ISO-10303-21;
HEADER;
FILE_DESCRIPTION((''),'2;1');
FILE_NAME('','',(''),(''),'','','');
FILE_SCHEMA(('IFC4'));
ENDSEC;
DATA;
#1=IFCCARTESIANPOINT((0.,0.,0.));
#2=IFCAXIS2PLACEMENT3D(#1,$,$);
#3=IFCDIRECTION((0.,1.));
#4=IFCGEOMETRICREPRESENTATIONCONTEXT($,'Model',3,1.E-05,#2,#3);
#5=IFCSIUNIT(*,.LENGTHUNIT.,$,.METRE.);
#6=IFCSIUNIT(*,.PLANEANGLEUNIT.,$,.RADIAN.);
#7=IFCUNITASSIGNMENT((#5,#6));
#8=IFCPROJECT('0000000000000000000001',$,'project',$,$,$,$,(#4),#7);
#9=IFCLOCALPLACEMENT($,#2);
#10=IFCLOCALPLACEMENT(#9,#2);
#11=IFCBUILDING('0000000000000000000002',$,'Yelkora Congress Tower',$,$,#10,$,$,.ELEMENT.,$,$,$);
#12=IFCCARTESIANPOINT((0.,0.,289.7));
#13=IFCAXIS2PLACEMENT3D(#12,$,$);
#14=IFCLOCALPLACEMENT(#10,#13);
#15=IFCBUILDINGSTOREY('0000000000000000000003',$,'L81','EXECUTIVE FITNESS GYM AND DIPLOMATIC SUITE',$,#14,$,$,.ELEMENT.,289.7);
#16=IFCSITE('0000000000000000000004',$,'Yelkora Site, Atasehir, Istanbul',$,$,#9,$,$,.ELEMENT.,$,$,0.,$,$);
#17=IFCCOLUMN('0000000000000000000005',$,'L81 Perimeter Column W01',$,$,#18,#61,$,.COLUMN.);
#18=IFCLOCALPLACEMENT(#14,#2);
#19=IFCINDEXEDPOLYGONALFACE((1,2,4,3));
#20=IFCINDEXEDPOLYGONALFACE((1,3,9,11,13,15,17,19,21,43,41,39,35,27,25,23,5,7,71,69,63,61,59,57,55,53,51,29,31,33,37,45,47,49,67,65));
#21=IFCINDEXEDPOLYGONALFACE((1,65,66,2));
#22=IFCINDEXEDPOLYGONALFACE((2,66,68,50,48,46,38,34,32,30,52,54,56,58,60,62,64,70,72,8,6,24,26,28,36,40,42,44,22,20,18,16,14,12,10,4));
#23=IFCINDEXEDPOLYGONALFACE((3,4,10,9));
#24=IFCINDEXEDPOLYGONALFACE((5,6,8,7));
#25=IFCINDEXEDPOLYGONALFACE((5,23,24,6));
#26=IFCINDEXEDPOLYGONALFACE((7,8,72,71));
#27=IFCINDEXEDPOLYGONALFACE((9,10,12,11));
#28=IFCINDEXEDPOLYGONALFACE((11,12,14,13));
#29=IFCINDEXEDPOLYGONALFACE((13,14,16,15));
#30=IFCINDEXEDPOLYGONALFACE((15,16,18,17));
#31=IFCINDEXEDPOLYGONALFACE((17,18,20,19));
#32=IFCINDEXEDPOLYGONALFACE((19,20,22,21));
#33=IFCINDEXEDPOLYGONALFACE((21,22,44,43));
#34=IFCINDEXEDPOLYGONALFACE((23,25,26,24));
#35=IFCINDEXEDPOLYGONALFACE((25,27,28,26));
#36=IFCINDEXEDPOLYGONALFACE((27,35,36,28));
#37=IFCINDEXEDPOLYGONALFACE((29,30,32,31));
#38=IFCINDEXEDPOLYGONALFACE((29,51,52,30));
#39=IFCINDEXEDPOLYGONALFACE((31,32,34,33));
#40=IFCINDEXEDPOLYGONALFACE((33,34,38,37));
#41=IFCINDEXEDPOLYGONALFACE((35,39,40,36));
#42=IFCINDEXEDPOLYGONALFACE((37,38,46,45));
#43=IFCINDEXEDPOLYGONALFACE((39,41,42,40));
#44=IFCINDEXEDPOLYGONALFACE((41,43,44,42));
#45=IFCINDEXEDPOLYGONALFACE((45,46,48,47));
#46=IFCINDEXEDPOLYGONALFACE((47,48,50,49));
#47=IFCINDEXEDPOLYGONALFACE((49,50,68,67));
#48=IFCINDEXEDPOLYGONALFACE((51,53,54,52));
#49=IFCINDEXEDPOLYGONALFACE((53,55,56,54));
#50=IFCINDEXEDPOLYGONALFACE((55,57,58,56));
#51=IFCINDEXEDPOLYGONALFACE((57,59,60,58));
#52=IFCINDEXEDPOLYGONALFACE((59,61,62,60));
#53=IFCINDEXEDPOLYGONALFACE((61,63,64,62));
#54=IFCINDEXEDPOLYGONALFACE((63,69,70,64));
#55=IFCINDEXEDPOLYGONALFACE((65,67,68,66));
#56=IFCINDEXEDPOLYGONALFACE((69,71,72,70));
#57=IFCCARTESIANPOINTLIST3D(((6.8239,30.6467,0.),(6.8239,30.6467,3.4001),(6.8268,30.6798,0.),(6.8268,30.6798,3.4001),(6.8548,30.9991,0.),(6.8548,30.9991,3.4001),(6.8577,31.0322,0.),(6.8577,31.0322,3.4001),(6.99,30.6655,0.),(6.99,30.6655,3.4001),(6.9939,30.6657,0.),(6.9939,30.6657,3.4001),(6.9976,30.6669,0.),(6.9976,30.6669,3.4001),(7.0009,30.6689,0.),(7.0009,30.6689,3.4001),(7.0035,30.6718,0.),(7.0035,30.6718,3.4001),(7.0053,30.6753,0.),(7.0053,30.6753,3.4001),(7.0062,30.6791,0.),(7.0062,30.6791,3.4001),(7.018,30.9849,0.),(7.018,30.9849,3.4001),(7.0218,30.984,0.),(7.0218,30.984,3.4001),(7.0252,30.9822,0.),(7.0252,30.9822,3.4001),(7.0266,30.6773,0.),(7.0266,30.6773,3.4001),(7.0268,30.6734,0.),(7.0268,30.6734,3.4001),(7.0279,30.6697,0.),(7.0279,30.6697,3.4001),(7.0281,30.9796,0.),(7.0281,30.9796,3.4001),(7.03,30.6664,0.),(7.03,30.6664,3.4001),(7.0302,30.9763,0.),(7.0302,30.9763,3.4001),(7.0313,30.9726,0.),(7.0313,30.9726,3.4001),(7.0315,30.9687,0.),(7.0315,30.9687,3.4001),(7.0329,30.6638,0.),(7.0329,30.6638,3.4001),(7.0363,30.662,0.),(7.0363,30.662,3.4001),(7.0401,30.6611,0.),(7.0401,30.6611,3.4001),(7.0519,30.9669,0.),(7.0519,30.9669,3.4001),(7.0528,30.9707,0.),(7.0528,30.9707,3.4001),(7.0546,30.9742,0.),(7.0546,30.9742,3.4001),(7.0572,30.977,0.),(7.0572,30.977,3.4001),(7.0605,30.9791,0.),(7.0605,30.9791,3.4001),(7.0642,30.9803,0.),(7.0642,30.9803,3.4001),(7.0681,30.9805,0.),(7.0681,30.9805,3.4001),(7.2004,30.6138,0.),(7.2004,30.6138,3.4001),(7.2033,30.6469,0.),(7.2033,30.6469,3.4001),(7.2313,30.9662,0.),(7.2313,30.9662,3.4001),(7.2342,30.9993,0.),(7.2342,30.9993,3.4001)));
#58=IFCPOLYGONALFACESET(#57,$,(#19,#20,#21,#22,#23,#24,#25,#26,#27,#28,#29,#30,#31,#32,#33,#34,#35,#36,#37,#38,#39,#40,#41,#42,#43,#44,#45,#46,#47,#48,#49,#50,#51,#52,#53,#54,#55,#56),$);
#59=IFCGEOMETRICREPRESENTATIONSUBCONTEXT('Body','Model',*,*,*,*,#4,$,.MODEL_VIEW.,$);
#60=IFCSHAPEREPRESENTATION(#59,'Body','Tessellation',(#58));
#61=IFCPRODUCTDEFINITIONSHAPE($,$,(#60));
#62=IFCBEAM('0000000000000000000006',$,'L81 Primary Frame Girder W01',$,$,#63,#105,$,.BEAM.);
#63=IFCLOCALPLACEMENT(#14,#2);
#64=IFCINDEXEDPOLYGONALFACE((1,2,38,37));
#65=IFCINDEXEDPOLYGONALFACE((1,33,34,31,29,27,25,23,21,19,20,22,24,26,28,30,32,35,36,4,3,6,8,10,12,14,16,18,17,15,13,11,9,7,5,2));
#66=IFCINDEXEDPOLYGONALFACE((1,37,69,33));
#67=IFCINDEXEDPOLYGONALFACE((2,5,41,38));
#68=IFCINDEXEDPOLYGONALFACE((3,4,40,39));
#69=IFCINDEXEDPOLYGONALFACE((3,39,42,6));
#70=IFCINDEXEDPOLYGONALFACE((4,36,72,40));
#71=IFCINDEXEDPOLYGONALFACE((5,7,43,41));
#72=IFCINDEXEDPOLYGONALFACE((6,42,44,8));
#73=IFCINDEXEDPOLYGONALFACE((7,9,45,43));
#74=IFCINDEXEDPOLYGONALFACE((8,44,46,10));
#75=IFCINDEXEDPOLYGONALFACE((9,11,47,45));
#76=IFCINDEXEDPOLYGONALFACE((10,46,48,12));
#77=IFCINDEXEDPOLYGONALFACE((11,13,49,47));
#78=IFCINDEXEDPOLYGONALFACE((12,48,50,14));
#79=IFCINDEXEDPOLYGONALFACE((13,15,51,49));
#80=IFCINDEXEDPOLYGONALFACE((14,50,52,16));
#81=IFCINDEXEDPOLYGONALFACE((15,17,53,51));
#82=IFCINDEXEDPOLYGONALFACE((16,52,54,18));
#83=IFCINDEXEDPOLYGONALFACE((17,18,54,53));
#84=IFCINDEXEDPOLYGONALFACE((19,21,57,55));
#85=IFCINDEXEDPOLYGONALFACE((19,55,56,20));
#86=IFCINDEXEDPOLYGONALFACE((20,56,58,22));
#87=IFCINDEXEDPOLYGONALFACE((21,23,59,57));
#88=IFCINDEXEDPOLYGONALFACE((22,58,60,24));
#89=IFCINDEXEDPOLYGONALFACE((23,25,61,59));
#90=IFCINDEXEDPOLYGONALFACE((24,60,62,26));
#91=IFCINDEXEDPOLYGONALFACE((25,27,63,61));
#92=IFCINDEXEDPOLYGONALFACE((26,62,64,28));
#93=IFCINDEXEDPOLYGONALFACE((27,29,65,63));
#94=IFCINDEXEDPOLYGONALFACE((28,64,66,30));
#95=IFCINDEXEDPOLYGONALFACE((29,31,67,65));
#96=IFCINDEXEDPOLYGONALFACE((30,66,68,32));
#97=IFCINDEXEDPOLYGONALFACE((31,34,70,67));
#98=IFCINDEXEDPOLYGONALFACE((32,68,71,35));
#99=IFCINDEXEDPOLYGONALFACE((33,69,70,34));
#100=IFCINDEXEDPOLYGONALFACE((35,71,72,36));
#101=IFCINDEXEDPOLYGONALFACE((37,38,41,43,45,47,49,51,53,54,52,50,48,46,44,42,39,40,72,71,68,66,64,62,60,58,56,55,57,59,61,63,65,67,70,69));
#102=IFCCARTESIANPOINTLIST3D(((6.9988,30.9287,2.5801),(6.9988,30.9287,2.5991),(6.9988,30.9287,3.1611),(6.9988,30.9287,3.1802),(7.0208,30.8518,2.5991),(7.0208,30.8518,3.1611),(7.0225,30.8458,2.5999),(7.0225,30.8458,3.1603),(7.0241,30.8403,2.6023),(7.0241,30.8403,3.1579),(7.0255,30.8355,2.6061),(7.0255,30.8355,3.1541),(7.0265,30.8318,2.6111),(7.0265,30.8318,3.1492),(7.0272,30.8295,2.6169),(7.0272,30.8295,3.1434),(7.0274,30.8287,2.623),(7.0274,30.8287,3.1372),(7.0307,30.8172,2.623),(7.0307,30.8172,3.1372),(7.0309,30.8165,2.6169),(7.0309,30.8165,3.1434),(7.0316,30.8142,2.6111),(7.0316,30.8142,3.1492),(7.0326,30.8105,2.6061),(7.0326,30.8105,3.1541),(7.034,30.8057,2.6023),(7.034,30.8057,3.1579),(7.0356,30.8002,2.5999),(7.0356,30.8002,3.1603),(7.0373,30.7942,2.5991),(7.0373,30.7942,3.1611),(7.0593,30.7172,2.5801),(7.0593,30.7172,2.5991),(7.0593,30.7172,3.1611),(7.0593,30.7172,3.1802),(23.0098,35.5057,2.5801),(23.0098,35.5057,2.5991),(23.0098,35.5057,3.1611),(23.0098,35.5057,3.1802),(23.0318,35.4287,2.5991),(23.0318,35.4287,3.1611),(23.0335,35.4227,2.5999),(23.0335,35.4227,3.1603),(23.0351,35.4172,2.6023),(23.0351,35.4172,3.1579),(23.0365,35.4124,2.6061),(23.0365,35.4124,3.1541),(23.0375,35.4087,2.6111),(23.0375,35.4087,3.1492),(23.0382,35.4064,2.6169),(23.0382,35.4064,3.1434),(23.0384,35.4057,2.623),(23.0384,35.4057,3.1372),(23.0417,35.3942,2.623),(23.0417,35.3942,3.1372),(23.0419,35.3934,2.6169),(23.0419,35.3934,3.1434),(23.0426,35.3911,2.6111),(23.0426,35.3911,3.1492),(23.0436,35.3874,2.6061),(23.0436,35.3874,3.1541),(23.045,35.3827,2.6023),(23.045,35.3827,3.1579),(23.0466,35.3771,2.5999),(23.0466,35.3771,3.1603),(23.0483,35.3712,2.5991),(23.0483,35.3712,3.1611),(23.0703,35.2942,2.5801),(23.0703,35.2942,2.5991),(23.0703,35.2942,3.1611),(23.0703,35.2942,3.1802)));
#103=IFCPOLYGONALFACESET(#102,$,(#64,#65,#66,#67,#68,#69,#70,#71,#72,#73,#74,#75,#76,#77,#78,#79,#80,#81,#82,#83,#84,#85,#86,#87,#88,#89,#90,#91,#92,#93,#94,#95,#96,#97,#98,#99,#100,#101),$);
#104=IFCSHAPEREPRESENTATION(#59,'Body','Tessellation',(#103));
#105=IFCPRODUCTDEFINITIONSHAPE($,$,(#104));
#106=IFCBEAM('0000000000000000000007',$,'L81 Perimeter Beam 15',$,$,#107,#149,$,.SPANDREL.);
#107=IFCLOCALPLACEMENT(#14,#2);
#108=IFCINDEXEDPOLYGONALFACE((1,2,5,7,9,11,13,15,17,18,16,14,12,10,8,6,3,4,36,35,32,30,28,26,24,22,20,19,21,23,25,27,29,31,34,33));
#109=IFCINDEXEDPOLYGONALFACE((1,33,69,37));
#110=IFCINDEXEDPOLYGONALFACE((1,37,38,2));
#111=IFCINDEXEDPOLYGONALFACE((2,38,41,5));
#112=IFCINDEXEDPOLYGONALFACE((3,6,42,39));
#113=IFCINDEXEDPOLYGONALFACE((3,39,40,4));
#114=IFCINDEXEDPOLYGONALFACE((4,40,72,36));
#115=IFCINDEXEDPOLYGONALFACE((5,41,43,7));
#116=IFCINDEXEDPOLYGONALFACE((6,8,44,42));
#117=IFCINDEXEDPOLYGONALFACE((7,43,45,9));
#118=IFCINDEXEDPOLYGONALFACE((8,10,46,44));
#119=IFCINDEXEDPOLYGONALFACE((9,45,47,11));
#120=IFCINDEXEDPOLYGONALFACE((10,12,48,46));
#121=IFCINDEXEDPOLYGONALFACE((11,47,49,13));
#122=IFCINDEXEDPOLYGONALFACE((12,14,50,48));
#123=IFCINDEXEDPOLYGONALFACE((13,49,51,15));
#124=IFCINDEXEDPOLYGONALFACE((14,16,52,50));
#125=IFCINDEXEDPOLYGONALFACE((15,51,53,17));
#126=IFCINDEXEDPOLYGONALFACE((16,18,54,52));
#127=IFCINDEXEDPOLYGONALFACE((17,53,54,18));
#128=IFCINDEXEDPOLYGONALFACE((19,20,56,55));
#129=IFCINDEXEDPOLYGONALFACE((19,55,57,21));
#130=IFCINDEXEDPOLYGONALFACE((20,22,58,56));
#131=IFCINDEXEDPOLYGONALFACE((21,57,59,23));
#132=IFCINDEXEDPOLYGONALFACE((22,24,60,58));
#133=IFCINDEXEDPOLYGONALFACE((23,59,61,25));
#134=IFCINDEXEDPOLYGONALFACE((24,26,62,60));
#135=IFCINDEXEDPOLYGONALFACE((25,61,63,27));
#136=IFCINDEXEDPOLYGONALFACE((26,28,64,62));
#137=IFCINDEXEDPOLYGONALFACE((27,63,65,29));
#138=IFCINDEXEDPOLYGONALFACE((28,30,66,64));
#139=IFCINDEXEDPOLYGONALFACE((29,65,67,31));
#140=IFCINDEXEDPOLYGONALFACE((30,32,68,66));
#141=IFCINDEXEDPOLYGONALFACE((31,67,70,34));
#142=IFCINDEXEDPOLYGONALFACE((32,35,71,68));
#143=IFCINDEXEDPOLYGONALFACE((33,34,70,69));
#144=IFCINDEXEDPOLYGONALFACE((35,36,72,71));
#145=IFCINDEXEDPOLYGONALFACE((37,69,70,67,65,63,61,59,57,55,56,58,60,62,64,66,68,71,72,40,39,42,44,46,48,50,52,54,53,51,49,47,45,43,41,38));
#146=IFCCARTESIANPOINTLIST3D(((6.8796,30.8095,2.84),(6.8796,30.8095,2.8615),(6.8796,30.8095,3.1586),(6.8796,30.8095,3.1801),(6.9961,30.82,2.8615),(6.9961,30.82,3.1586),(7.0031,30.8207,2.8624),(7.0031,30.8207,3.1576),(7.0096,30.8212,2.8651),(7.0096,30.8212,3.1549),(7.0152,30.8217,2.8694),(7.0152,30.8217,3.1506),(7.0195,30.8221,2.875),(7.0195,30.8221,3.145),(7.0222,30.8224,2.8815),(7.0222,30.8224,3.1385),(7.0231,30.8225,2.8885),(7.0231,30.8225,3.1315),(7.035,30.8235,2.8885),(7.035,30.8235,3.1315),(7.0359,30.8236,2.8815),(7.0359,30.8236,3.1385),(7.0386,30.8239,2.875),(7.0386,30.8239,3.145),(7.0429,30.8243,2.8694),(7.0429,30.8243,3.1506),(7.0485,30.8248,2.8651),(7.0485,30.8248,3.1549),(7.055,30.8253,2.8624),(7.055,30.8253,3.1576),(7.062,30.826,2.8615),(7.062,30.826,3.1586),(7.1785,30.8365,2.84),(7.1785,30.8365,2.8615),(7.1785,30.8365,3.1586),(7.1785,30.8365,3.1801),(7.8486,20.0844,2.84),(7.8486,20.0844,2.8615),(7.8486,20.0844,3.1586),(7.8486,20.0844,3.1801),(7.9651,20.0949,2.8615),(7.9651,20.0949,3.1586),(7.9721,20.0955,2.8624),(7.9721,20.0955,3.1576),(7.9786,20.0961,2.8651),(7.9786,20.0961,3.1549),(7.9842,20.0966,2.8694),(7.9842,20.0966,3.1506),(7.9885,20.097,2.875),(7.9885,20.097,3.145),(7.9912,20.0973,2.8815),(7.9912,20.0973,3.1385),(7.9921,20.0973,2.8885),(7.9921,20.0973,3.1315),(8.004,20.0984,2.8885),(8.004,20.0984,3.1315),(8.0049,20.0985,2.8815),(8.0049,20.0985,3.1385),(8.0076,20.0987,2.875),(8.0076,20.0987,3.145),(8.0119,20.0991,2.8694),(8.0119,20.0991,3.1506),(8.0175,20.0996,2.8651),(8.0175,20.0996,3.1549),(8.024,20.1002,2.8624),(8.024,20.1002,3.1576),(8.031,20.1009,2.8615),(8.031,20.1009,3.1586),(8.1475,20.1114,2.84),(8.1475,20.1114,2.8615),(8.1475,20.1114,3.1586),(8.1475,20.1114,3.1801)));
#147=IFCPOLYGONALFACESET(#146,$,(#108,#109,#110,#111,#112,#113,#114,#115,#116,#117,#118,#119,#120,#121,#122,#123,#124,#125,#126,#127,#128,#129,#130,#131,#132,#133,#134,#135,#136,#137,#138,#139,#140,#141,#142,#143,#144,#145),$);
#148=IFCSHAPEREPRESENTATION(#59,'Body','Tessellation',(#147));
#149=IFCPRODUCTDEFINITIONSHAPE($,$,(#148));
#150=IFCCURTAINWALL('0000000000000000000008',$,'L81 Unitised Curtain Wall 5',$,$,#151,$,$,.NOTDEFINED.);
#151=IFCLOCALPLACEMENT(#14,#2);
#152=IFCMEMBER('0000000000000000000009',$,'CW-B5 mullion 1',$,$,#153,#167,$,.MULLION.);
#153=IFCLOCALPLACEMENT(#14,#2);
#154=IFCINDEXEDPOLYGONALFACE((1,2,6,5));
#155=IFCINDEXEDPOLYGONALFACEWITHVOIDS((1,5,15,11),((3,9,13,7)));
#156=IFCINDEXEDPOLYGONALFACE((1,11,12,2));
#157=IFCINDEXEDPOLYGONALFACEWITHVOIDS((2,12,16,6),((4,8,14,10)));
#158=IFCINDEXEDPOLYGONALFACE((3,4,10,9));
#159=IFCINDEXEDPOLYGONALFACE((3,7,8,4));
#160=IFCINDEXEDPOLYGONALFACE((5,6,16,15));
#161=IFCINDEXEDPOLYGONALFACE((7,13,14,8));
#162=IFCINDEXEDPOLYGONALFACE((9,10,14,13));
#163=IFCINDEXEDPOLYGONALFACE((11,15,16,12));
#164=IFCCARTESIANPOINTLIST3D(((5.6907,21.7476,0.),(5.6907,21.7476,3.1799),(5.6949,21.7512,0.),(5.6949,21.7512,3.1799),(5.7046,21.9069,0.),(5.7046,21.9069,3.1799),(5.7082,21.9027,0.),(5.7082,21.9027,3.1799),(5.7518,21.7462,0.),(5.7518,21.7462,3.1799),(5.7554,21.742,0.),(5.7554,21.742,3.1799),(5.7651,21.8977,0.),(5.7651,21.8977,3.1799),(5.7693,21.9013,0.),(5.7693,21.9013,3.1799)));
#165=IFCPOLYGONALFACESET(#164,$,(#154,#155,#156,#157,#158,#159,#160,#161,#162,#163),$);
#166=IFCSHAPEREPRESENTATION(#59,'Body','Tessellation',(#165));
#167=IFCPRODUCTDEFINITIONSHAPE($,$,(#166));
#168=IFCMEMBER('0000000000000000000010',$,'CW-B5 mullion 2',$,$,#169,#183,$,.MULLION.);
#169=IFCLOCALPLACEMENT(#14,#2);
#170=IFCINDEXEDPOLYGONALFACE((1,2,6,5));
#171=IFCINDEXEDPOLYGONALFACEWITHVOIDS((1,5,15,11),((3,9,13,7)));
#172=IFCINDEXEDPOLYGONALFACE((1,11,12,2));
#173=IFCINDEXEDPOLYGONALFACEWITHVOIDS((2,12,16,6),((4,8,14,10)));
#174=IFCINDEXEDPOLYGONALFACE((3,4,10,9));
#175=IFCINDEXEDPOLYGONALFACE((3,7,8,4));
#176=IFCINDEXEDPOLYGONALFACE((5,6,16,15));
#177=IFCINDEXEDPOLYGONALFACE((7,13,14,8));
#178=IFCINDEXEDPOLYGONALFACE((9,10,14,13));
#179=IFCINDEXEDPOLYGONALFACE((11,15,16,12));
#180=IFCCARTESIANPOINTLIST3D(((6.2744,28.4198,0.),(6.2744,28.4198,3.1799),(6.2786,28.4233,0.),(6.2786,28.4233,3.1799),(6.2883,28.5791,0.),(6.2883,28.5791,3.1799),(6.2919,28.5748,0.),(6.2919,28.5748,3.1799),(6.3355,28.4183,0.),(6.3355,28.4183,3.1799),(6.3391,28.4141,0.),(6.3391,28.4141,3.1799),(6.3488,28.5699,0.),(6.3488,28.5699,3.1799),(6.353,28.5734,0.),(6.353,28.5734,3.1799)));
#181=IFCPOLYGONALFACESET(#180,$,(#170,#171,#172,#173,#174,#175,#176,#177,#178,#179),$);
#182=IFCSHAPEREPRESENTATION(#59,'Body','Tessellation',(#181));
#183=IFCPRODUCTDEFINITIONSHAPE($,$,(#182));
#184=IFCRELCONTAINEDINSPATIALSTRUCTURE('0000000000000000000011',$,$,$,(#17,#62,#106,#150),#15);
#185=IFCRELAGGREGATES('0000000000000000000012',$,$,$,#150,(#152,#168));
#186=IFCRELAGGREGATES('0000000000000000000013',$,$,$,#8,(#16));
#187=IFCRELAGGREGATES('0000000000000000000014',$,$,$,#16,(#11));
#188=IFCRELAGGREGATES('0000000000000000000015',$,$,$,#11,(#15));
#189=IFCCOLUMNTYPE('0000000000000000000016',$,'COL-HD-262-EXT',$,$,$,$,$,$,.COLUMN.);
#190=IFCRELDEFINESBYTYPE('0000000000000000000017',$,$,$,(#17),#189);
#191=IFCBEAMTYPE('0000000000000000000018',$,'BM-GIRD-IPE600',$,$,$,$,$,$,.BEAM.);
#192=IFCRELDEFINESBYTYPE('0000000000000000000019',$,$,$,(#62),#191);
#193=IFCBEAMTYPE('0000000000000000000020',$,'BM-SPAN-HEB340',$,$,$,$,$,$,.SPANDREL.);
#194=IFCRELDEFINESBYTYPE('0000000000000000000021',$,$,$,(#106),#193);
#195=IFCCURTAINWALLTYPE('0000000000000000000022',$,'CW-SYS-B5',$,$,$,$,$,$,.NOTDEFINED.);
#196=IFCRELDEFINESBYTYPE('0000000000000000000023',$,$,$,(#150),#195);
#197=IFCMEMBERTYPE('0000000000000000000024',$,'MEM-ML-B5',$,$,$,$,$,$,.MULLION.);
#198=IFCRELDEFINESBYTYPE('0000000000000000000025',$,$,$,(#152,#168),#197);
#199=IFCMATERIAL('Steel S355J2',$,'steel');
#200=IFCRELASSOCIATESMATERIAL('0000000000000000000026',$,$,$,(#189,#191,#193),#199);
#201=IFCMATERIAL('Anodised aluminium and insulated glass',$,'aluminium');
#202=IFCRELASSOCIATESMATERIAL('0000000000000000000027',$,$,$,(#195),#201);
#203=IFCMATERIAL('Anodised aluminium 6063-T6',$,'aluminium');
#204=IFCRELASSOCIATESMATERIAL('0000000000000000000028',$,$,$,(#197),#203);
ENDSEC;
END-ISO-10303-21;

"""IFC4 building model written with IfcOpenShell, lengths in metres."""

from ifc_helpers import new_model, si_unit, direction, frame, origin, origin_2d, place, context, subcontext, project, spatial, hollow_rectangle, i_section, extrude, material, material_profile, profile_set, type_object, element, aggregate, save


model = new_model("IFC4")

# Units and contexts
model_context = context("Model", 3, precision=1e-05, world=origin(), true_north=direction((0.0, 1.0)))
body_context = subcontext(model_context, "Body", "Model", "MODEL_VIEW")
ifc_project = project(units=[si_unit("LENGTHUNIT", "METRE"), si_unit("PLANEANGLEUNIT", "RADIAN")], contexts=[model_context])

# Site, building, storey
site_placement = place(None, origin())
site = spatial("IfcSite", under=ifc_project, at=site_placement, Name="Yelkora Site, Atasehir, Istanbul", CompositionType="ELEMENT", RefElevation=0.0)
building_placement = place(site_placement, origin())
building = spatial("IfcBuilding", under=site, at=building_placement, Name="Yelkora Congress Tower", CompositionType="ELEMENT")
storey_placement = place(building_placement, frame((0.0, 0.0, 289.7)))
storey = spatial("IfcBuildingStorey", under=building, at=storey_placement, Name="L81", Description="EXECUTIVE FITNESS GYM AND DIPLOMATIC SUITE", CompositionType="ELEMENT", Elevation=289.7)

# Column
ifc_material_1 = material(Name="Steel S355J2", Category="steel")
ifc_material_profile_1 = material_profile(ifc_material_1, i_section(OverallWidth=0.3779, OverallDepth=0.387, WebThickness=0.0205, FlangeThickness=0.0332, FilletRadius=0.0149, at=origin_2d()), Name="HD 360x262")
ifc_profile_set_1 = profile_set([ifc_material_profile_1], Name="Steel S355J2")
column_type = type_object("IfcColumnType", Name="COL-HD-262-EXT", PredefinedType="COLUMN", material=ifc_profile_set_1)
column_placement = place(storey_placement, frame((7.0291, 30.823, 0.0), z_axis=(0.0, 0.0, 1.0), x_axis=(0.996195, -0.087156, 0.0)))
element("IfcColumn", 1, at=column_placement, inside=storey, type_object=column_type, Name="L81 Perimeter Column W01", PredefinedType="COLUMN", context=body_context, shape_type="SweptSolid", body=[
    extrude(i_section(OverallWidth=0.3779, OverallDepth=0.387, WebThickness=0.0205, FlangeThickness=0.0332, FilletRadius=0.0149, at=origin_2d()), origin(), (0.0, 0.0, 1.0), 3.4001),
])

# Beams
ifc_material_profile_2 = material_profile(ifc_material_1, i_section(OverallWidth=0.22, OverallDepth=0.6001, WebThickness=0.012, FlangeThickness=0.019, FilletRadius=0.0239, at=origin_2d()), Name="IPE 600")
ifc_profile_set_2 = profile_set([ifc_material_profile_2], Name="Steel S355J2")
beam_type_1 = type_object("IfcBeamType", Name="BM-GIRD-IPE600", PredefinedType="BEAM", material=ifc_profile_set_2)
beam_1_placement = place(storey_placement, frame((7.0291, 30.823, 2.8801), z_axis=(0.961487, 0.274851, 0.0), x_axis=(-0.274851, 0.961487, 0.0)))
element("IfcBeam", 2, at=beam_1_placement, inside=storey, type_object=beam_type_1, Name="L81 Primary Frame Girder W01", PredefinedType="BEAM", context=body_context, shape_type="SweptSolid", body=[
    extrude(i_section(OverallWidth=0.22, OverallDepth=0.6001, WebThickness=0.012, FlangeThickness=0.019, FilletRadius=0.0239, at=origin_2d()), origin(), (0.0, 0.0, 1.0), 16.6523),
])
ifc_material_profile_3 = material_profile(ifc_material_1, i_section(OverallWidth=0.3, OverallDepth=0.3401, WebThickness=0.012, FlangeThickness=0.0215, FilletRadius=0.0271, at=origin_2d()), Name="HEB 340")
ifc_profile_set_3 = profile_set([ifc_material_profile_3], Name="Steel S355J2")
beam_type_2 = type_object("IfcBeamType", Name="BM-SPAN-HEB340", PredefinedType="SPANDREL", material=ifc_profile_set_3)
beam_2_placement = place(storey_placement, frame((7.0291, 30.823, 3.01), z_axis=(0.089982, -0.995943, 0.0), x_axis=(0.995943, 0.089982, 0.0)))
element("IfcBeam", 3, at=beam_2_placement, inside=storey, type_object=beam_type_2, Name="L81 Perimeter Beam 15", PredefinedType="SPANDREL", context=body_context, shape_type="SweptSolid", body=[
    extrude(i_section(OverallWidth=0.3, OverallDepth=0.3401, WebThickness=0.012, FlangeThickness=0.0215, FilletRadius=0.0271, at=origin_2d()), origin(), (0.0, 0.0, 1.0), 10.7688),
])

# Curtain wall, members
ifc_material_2 = material(Name="Anodised aluminium and insulated glass", Category="aluminium")
curtain_wall_type = type_object("IfcCurtainWallType", Name="CW-SYS-B5", PredefinedType="NOTDEFINED", material=ifc_material_2)
curtain_wall_placement = place(storey_placement, origin())
curtain_wall = element("IfcCurtainWall", 4, at=curtain_wall_placement, inside=storey, type_object=curtain_wall_type, Name="L81 Unitised Curtain Wall 5", PredefinedType="NOTDEFINED")
ifc_material_3 = material(Name="Anodised aluminium 6063-T6", Category="aluminium")
ifc_material_profile_4 = material_profile(ifc_material_3, hollow_rectangle(XDim=0.0649, YDim=0.1599, WallThickness=0.0039, at=origin_2d()), Name="ALU 65x160x4")
ifc_profile_set_4 = profile_set([ifc_material_profile_4], Name="Anodised aluminium 6063-T6")
member_type_1 = type_object("IfcMemberType", Name="MEM-ML-B5", PredefinedType="MULLION", material=ifc_profile_set_4)
member_1_placement = place(storey_placement, frame((5.73, 21.8245, 0.0), z_axis=(0.0, 0.0, 1.0), x_axis=(-0.996195, 0.087155, 0.0)))
member_1 = element("IfcMember", 5, at=member_1_placement, type_object=member_type_1, Name="CW-B5 mullion 1", PredefinedType="MULLION", context=body_context, shape_type="SweptSolid", body=[
    extrude(hollow_rectangle(XDim=0.0649, YDim=0.1599, WallThickness=0.0039, at=origin_2d()), origin(), (0.0, 0.0, 1.0), 3.1799),
])
member_2_placement = place(storey_placement, frame((6.3137, 28.4966, 0.0), z_axis=(0.0, 0.0, 1.0), x_axis=(-0.996195, 0.087155, 0.0)))
member_2 = element("IfcMember", 6, at=member_2_placement, type_object=member_type_1, Name="CW-B5 mullion 2", PredefinedType="MULLION", context=body_context, shape_type="SweptSolid", body=[
    extrude(hollow_rectangle(XDim=0.0649, YDim=0.1599, WallThickness=0.0039, at=origin_2d()), origin(), (0.0, 0.0, 1.0), 3.1799),
])
aggregate(curtain_wall, [member_1, member_2])

save(model, "model.ifc")
